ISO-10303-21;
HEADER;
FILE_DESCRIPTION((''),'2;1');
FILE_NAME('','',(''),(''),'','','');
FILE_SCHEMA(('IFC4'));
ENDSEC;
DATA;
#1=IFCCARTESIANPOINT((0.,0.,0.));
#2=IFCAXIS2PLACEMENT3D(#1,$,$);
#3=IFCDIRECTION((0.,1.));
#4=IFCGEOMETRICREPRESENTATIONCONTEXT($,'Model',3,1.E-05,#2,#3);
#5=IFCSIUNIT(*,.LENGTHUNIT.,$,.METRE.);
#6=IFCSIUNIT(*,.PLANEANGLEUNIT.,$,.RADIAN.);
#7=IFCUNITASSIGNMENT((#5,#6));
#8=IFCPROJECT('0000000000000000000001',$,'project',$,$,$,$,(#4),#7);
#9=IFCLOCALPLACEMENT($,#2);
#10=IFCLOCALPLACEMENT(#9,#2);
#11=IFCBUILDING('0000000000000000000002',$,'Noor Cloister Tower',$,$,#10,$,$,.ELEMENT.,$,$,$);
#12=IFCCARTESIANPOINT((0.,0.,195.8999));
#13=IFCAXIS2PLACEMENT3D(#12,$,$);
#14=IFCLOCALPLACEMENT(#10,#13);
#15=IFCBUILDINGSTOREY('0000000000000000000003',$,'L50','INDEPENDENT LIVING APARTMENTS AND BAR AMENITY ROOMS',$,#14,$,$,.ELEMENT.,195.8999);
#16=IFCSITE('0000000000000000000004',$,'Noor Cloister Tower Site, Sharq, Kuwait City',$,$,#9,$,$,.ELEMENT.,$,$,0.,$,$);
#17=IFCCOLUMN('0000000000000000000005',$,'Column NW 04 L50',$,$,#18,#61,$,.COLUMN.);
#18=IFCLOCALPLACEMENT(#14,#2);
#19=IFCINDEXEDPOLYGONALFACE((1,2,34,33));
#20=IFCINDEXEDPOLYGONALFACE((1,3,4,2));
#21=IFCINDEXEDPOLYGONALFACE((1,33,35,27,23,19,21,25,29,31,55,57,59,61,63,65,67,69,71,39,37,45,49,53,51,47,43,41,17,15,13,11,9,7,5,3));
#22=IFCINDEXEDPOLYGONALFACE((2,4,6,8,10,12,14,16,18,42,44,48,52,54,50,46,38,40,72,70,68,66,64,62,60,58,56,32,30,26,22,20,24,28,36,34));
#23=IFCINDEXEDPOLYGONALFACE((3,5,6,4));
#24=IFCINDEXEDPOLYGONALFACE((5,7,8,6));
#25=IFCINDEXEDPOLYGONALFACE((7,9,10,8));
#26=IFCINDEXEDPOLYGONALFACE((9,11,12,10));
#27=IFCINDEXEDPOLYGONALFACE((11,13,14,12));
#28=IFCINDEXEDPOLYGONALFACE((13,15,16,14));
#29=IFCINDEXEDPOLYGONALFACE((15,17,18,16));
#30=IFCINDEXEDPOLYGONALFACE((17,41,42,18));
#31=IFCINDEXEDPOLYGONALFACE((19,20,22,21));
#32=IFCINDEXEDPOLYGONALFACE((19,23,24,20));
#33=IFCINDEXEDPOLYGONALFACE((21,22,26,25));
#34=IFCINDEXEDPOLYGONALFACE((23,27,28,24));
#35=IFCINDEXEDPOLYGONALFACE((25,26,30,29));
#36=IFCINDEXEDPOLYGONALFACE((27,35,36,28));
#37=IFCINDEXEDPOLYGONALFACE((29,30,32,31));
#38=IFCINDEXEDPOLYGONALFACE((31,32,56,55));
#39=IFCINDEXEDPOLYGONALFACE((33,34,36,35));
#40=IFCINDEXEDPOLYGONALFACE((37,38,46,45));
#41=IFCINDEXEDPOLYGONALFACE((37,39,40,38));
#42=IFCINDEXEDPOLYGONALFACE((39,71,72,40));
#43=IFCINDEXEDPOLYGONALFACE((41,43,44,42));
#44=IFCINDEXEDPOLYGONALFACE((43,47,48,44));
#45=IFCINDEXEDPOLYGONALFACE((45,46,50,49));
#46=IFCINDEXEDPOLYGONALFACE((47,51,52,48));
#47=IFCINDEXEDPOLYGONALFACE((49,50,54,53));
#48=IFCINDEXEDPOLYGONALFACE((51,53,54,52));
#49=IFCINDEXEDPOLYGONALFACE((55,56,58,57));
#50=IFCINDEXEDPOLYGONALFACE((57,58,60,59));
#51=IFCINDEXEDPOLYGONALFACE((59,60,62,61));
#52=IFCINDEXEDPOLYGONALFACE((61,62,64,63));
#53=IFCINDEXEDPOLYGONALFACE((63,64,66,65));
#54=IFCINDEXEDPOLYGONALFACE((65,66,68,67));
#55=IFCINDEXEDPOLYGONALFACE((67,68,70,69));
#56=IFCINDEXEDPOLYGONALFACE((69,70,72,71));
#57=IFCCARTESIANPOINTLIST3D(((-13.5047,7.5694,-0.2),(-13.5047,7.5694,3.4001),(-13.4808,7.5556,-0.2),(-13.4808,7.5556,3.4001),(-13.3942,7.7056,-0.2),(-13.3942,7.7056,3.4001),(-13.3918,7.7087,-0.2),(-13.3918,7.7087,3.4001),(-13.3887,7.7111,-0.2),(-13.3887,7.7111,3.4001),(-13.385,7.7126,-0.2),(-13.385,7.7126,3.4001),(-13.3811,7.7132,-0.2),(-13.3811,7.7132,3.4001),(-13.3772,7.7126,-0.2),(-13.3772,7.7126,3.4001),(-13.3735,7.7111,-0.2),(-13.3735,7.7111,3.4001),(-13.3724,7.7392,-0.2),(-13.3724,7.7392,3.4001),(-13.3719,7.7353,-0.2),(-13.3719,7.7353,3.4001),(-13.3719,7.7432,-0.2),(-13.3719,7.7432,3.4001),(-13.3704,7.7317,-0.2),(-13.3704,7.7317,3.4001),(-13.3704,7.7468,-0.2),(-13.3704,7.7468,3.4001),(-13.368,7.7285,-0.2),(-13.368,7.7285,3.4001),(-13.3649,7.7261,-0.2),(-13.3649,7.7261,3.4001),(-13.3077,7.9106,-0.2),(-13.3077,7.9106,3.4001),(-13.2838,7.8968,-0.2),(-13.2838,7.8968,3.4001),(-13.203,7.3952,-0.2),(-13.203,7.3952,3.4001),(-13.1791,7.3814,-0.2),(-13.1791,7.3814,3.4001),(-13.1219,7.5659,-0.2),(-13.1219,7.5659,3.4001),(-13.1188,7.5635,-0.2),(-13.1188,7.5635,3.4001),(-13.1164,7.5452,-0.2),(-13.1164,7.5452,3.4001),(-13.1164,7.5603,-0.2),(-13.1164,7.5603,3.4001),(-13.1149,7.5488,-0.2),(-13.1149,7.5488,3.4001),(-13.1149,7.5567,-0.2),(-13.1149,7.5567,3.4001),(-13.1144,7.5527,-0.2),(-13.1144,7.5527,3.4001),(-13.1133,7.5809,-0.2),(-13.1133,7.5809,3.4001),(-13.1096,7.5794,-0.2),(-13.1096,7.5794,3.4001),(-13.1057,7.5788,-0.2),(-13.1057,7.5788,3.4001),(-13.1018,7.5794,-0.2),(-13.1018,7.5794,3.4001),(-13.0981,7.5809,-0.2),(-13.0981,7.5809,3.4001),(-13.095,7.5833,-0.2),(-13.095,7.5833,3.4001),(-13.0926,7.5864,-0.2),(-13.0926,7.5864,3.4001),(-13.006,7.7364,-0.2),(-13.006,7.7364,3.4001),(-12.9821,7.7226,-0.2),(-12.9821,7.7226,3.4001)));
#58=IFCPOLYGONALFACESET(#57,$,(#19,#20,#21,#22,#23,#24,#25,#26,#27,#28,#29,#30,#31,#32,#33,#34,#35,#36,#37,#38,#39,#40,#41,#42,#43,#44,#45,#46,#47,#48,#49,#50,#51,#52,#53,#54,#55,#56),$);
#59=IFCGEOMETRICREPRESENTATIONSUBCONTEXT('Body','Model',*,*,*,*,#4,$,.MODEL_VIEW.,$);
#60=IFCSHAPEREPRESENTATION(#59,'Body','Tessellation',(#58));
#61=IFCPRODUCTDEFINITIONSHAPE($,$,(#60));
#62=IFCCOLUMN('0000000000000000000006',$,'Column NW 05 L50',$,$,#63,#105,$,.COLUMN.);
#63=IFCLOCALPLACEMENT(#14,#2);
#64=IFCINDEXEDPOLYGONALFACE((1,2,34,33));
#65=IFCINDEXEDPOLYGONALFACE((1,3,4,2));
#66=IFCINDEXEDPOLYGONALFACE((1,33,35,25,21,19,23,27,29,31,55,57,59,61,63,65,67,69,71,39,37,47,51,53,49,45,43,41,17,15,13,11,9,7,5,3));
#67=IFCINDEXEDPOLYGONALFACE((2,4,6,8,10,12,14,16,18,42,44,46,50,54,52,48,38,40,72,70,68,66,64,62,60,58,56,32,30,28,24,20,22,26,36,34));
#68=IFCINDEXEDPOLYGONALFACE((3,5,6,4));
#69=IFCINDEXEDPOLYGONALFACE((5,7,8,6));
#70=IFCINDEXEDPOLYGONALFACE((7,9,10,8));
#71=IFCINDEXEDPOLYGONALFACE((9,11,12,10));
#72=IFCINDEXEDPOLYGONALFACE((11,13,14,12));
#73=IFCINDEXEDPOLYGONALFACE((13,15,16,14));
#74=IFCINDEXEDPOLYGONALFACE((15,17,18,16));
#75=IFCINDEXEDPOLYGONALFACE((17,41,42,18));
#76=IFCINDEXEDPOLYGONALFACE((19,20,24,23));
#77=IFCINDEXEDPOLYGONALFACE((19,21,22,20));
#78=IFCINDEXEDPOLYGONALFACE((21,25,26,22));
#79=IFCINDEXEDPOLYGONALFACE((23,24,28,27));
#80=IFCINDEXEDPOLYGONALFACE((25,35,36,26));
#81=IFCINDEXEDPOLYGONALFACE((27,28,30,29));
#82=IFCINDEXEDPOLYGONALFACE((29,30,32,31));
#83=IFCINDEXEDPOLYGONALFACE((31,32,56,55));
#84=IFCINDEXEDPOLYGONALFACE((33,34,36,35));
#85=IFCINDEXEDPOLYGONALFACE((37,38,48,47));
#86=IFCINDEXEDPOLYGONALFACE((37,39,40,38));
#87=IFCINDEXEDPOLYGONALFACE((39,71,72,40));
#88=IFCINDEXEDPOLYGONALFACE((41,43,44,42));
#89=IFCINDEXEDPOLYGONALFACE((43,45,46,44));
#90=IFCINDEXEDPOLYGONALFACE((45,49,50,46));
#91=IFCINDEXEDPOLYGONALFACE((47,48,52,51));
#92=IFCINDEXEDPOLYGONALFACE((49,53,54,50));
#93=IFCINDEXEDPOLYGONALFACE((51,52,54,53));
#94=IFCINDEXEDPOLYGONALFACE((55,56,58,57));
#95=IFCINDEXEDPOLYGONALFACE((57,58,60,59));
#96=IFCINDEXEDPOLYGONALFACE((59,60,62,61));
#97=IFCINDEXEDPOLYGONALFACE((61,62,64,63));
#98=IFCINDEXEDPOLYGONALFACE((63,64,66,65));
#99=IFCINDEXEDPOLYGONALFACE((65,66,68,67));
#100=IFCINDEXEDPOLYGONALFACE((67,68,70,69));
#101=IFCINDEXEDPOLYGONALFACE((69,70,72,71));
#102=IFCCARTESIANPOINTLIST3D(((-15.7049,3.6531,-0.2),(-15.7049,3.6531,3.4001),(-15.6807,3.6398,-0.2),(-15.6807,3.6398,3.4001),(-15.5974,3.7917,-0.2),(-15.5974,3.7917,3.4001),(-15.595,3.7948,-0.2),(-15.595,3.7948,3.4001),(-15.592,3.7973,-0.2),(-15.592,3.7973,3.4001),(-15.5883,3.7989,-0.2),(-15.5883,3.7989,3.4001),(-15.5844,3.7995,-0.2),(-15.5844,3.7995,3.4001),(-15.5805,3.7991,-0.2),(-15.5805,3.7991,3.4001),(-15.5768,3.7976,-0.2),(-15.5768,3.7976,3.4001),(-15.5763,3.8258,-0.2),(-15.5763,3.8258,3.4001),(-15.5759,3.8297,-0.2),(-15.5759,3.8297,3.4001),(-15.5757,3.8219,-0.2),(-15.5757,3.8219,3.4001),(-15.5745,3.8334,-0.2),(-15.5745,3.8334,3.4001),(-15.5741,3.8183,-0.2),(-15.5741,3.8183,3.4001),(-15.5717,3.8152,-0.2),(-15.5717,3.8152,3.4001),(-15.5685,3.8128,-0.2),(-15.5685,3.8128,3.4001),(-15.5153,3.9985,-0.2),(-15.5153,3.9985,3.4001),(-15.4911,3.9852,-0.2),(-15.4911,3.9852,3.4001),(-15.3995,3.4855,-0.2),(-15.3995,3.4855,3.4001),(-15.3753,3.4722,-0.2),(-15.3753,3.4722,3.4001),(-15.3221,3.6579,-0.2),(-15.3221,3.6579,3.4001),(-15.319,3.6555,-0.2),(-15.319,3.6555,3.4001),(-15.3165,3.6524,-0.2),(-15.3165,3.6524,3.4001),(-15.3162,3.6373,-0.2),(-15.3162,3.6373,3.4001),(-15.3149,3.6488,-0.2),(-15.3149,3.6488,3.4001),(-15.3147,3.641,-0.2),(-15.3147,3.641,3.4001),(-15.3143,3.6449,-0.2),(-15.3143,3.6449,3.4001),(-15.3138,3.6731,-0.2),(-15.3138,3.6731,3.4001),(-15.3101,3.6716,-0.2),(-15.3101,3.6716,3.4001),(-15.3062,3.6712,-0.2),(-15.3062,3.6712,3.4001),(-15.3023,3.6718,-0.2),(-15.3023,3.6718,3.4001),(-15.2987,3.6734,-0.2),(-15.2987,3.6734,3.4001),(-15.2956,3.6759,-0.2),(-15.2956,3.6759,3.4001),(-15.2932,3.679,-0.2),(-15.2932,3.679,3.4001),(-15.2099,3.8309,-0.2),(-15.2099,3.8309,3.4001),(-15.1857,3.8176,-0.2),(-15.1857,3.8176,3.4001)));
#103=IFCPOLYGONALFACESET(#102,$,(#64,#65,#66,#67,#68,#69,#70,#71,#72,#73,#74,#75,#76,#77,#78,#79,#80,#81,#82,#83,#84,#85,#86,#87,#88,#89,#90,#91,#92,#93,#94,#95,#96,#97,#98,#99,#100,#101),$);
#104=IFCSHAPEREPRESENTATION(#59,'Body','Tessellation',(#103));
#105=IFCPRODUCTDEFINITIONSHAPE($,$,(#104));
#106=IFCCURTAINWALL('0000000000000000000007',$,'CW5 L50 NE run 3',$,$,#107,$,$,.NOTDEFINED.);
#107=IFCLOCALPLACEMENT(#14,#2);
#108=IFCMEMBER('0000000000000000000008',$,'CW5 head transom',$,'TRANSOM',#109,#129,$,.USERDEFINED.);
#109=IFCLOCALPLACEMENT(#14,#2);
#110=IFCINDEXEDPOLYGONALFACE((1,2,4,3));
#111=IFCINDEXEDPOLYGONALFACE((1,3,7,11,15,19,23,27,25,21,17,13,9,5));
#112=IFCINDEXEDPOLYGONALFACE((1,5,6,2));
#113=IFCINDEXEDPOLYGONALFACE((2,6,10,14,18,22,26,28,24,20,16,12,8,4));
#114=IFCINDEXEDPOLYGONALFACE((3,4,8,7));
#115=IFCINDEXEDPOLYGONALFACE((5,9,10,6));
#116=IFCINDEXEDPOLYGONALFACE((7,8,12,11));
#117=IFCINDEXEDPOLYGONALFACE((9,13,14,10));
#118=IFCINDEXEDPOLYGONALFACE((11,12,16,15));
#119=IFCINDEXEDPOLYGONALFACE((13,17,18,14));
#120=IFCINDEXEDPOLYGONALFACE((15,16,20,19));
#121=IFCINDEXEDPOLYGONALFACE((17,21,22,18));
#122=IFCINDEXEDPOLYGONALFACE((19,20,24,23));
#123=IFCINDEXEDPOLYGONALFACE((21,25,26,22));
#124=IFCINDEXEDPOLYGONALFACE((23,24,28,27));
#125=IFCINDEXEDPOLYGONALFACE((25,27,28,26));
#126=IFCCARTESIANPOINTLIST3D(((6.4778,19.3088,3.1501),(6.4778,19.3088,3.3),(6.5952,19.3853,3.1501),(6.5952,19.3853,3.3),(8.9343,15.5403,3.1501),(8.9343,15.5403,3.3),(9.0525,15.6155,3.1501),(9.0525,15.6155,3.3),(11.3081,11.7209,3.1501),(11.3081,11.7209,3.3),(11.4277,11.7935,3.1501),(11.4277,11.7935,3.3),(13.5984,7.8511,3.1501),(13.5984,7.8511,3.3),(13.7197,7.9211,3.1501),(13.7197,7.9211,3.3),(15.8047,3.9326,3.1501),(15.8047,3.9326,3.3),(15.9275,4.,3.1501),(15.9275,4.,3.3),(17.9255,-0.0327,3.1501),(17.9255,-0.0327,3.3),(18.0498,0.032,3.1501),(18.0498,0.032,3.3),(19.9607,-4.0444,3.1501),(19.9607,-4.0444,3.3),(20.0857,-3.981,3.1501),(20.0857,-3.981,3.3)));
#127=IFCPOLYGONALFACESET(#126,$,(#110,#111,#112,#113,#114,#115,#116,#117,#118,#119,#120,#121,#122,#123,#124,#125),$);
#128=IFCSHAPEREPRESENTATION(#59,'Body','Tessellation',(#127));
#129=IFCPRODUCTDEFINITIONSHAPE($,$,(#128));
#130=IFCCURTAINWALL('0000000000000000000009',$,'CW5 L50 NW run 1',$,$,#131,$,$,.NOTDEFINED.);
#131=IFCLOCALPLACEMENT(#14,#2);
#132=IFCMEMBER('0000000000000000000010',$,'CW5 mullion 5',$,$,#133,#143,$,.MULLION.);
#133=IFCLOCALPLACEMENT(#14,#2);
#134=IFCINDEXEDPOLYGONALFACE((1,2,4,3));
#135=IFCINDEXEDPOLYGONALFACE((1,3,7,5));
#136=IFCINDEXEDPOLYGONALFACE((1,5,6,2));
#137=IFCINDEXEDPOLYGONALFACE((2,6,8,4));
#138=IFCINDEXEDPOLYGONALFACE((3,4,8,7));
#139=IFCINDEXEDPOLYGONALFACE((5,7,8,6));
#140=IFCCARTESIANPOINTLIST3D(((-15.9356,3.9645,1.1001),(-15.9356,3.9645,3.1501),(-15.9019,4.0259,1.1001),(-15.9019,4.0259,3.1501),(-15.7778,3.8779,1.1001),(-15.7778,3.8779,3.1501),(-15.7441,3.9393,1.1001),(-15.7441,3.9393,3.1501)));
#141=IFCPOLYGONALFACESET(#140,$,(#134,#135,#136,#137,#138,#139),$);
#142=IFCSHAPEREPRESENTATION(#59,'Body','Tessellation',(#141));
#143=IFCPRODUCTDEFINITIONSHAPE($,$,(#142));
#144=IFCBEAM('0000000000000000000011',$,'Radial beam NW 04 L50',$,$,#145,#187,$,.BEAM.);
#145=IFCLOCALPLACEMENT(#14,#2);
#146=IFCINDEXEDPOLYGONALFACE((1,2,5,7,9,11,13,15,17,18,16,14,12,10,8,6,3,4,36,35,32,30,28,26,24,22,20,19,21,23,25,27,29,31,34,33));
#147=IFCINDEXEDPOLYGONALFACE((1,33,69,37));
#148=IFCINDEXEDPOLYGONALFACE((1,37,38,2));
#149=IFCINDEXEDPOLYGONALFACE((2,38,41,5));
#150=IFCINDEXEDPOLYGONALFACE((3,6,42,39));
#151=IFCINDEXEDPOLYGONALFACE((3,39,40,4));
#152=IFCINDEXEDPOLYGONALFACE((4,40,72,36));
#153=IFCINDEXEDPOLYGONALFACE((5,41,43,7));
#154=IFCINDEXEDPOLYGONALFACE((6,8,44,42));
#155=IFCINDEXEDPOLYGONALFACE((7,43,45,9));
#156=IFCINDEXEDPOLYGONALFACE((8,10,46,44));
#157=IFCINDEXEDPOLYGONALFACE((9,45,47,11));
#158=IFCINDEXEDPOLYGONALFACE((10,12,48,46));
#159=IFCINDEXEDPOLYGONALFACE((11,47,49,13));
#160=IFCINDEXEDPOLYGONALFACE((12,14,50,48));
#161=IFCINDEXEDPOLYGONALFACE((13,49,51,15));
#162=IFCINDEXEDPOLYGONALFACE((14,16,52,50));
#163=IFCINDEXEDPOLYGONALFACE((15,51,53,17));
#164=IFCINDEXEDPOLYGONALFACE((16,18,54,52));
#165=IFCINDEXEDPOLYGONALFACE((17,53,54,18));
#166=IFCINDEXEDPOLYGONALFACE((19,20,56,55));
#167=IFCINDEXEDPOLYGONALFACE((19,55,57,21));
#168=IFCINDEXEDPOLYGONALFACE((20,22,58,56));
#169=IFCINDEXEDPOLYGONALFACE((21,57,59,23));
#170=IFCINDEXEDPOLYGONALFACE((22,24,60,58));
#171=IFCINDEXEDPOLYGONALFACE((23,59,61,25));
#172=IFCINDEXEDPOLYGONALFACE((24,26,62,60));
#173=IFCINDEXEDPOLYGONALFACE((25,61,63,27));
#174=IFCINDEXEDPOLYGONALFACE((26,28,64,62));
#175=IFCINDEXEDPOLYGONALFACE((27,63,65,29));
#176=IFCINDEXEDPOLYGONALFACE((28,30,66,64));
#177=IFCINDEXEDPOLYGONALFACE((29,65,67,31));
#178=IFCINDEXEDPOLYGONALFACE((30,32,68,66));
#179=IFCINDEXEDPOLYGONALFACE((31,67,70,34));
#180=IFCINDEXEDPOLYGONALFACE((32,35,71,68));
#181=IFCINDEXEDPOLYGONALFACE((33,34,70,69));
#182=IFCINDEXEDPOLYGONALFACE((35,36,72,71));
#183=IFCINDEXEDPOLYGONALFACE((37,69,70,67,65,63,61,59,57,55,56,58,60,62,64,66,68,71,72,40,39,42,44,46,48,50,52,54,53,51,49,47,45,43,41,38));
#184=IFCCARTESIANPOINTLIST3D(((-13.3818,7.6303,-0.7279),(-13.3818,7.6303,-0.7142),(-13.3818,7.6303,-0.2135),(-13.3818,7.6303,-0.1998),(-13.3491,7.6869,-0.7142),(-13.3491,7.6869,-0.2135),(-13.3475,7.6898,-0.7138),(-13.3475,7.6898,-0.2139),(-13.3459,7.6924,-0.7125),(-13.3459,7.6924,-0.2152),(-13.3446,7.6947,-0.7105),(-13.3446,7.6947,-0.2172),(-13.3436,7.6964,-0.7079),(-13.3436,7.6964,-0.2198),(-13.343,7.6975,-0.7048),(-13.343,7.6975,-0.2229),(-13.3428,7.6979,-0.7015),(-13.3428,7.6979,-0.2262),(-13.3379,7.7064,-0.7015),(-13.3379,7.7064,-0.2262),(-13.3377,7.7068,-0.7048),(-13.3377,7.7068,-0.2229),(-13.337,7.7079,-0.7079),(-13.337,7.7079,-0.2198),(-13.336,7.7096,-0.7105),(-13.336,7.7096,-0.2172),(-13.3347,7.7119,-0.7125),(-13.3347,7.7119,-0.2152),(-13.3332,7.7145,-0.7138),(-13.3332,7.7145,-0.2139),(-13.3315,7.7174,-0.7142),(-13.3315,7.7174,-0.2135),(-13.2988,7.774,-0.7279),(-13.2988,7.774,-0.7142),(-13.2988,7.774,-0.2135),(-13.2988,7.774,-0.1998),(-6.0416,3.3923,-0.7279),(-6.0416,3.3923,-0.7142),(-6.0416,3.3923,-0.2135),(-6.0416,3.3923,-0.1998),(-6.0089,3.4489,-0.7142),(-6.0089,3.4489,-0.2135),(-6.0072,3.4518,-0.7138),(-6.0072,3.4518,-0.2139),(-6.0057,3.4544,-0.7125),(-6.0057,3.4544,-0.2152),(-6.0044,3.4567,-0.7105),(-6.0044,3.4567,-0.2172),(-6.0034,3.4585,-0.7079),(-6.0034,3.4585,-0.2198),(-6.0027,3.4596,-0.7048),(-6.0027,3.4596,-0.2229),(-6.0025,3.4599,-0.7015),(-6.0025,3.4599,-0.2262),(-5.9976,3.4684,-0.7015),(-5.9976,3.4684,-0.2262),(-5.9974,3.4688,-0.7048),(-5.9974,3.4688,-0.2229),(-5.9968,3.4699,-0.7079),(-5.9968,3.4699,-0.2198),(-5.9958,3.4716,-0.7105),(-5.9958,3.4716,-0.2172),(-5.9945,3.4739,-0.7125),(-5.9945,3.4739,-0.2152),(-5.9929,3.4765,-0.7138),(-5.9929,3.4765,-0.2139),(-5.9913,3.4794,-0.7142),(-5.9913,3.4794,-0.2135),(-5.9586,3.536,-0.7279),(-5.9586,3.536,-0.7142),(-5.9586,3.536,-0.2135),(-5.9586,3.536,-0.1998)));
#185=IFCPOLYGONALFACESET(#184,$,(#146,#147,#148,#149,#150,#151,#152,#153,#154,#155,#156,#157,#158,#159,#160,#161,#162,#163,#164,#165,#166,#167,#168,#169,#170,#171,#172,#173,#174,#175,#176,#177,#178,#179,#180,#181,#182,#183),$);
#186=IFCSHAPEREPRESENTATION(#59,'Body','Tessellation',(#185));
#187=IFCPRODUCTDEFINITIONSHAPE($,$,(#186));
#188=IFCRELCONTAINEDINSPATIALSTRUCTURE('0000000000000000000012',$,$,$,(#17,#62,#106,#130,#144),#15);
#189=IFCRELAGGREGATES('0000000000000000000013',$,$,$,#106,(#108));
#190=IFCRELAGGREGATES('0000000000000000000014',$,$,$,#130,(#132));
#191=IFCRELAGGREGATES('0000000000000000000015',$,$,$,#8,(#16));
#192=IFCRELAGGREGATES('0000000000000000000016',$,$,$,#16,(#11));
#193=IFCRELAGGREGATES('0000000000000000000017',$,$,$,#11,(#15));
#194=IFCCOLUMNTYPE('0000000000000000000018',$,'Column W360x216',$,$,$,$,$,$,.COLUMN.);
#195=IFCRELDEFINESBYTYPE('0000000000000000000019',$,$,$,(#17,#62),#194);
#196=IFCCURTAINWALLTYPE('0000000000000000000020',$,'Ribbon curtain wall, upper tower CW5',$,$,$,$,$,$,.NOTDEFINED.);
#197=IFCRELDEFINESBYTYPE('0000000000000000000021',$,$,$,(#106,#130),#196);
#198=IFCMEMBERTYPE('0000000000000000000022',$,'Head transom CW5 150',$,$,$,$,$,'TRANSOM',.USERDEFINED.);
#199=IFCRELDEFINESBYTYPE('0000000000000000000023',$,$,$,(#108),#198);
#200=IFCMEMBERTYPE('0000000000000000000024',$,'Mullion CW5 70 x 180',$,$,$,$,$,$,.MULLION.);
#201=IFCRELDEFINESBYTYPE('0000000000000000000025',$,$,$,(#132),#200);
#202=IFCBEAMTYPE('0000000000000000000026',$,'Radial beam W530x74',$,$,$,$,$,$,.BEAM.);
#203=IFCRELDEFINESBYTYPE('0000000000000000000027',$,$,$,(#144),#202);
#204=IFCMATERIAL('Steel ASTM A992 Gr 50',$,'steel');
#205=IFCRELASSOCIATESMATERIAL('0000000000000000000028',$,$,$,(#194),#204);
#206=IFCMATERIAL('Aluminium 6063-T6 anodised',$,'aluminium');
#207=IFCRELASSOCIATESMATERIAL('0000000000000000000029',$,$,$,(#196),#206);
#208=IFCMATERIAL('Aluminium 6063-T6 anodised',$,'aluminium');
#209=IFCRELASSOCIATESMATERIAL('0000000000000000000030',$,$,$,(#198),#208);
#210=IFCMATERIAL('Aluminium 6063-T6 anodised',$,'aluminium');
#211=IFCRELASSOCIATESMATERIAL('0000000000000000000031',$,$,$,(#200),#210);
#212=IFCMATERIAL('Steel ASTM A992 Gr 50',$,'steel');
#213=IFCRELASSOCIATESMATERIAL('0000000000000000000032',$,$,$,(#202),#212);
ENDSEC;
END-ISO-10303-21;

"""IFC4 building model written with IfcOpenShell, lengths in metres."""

from ifc_helpers import new_model, si_unit, direction, frame, origin, origin_2d, place, context, subcontext, project, spatial, polyline, rectangle, i_section, outline, extrude, material, material_profile, profile_set, type_object, element, aggregate, save


model = new_model("IFC4")

# Units and contexts
model_context = context("Model", 3, precision=1e-05, world=origin(), true_north=direction((0.0, 1.0)))
body_context = subcontext(model_context, "Body", "Model", "MODEL_VIEW")
ifc_project = project(units=[si_unit("LENGTHUNIT", "METRE"), si_unit("PLANEANGLEUNIT", "RADIAN")], contexts=[model_context])

# Site, building, storey
site_placement = place(None, origin())
site = spatial("IfcSite", under=ifc_project, at=site_placement, Name="Noor Cloister Tower Site, Sharq, Kuwait City", CompositionType="ELEMENT", RefElevation=0.0)
building_placement = place(site_placement, origin())
building = spatial("IfcBuilding", under=site, at=building_placement, Name="Noor Cloister Tower", CompositionType="ELEMENT")
storey_placement = place(building_placement, frame((0.0, 0.0, 195.8999)))
storey = spatial("IfcBuildingStorey", under=building, at=storey_placement, Name="L50", Description="INDEPENDENT LIVING APARTMENTS AND BAR AMENITY ROOMS", CompositionType="ELEMENT", Elevation=195.8999)

# Columns
ifc_material_1 = material(Name="Steel ASTM A992 Gr 50", Category="steel")
ifc_material_profile_1 = material_profile(ifc_material_1, i_section(OverallWidth=0.394, OverallDepth=0.376, WebThickness=0.0173, FlangeThickness=0.0276, FilletRadius=0.0151, at=origin_2d()), Name="W360x216")
ifc_profile_set_1 = profile_set([ifc_material_profile_1], Name="Steel ASTM A992 Gr 50")
column_type = type_object("IfcColumnType", Name="Column W360x216", PredefinedType="COLUMN", material=ifc_profile_set_1)
for number, where, z_axis, x_axis, name in (
    (1, (-13.2434, 7.646, -0.2), (0.0, 0.0, 1.0), (-0.5, -0.866025, 0.0), "Column NW 04 L50"),
    (2, (-15.4453, 3.7354, -0.2), (0.0, 0.0, 1.0), (-0.481143, -0.876642, 0.0), "Column NW 05 L50"),
):
    element("IfcColumn", number, at=place(storey_placement, frame(where, z_axis=z_axis, x_axis=x_axis)), inside=storey, type_object=column_type, Name=name, PredefinedType="COLUMN", context=body_context, shape_type="SweptSolid", body=[
        extrude(i_section(OverallWidth=0.394, OverallDepth=0.376, WebThickness=0.0173, FlangeThickness=0.0276, FilletRadius=0.0151, at=origin_2d()), origin(), (0.0, 0.0, 1.0), 3.6001),
    ])

# Curtain walls, members
ifc_material_2 = material(Name="Aluminium 6063-T6 anodised", Category="aluminium")
curtain_wall_type = type_object("IfcCurtainWallType", Name="Ribbon curtain wall, upper tower CW5", PredefinedType="NOTDEFINED", material=ifc_material_2)
curtain_wall_1_placement = place(storey_placement, origin())
curtain_wall_1 = element("IfcCurtainWall", 3, at=curtain_wall_1_placement, inside=storey, type_object=curtain_wall_type, Name="CW5 L50 NE run 3", PredefinedType="NOTDEFINED")
ifc_material_3 = material(Name="Aluminium 6063-T6 anodised", Category="aluminium")
member_type_1 = type_object("IfcMemberType", Name="Head transom CW5 150", ElementType="TRANSOM", PredefinedType="USERDEFINED", material=ifc_material_3)
member_1_placement = place(storey_placement, frame((0.0, 0.0, 3.1501)))
member_1 = element("IfcMember", 4, at=member_1_placement, type_object=member_type_1, Name="CW5 head transom", ObjectType="TRANSOM", PredefinedType="USERDEFINED", context=body_context, shape_type="SweptSolid", body=[
    extrude(outline(polyline([(20.0857, -3.981), (18.0498, 0.032), (15.9275, 4.0), (13.7197, 7.9211), (11.4277, 11.7935), (9.0525, 15.6155), (6.5952, 19.3853), (6.4778, 19.3088), (8.9343, 15.5403), (11.3081, 11.7209), (13.5984, 7.8511), (15.8047, 3.9326), (17.9255, -0.0327), (19.9607, -4.0444), (20.0857, -3.981)])), origin(), (0.0, 0.0, 1.0), 0.1499),
])
aggregate(curtain_wall_1, [member_1])
curtain_wall_2_placement = place(storey_placement, origin())
curtain_wall_2 = element("IfcCurtainWall", 5, at=curtain_wall_2_placement, inside=storey, type_object=curtain_wall_type, Name="CW5 L50 NW run 1", PredefinedType="NOTDEFINED")
ifc_material_4 = material(Name="Aluminium 6063-T6 anodised", Category="aluminium")
ifc_material_profile_2 = material_profile(ifc_material_4, rectangle(XDim=0.1799, YDim=0.0701, at=origin_2d()), Name="180 x 70 mullion")
ifc_profile_set_2 = profile_set([ifc_material_profile_2], Name="Aluminium 6063-T6 anodised")
member_type_2 = type_object("IfcMemberType", Name="Mullion CW5 70 x 180", PredefinedType="MULLION", material=ifc_profile_set_2)
member_2_placement = place(storey_placement, frame((-15.8398, 3.9519, 1.1001), z_axis=(0.0, 0.0, 1.0), x_axis=(0.876642, -0.481143, 0.0)))
member_2 = element("IfcMember", 6, at=member_2_placement, type_object=member_type_2, Name="CW5 mullion 5", PredefinedType="MULLION", context=body_context, shape_type="SweptSolid", body=[
    extrude(rectangle(XDim=0.1799, YDim=0.0701, at=origin_2d()), origin(), (0.0, 0.0, 1.0), 2.05),
])

# Beam
ifc_material_5 = material(Name="Steel ASTM A992 Gr 50", Category="steel")
ifc_material_profile_3 = material_profile(ifc_material_5, i_section(OverallWidth=0.166, OverallDepth=0.5281, WebThickness=0.0098, FlangeThickness=0.0137, FilletRadius=0.0127, at=origin_2d()), Name="W530x74")
ifc_profile_set_3 = profile_set([ifc_material_profile_3], Name="Steel ASTM A992 Gr 50")
beam_type_1 = type_object("IfcBeamType", Name="Radial beam W530x74", PredefinedType="BEAM", material=ifc_profile_set_3)
beam_1_placement = place(storey_placement, frame((-13.3403, 7.7021, -0.4639), z_axis=(0.866021, -0.500008, 0.0), x_axis=(0.500008, 0.866021, 0.0)))
element("IfcBeam", 7, at=beam_1_placement, inside=storey, type_object=beam_type_1, Name="Radial beam NW 04 L50", PredefinedType="BEAM", context=body_context, shape_type="SweptSolid", body=[
    extrude(i_section(OverallWidth=0.166, OverallDepth=0.5281, WebThickness=0.0098, FlangeThickness=0.0137, FilletRadius=0.0127, at=origin_2d()), origin(), (0.0, 0.0, 1.0), 8.4758),
])

aggregate(curtain_wall_2, [member_2])

save(model, "model.ifc")
